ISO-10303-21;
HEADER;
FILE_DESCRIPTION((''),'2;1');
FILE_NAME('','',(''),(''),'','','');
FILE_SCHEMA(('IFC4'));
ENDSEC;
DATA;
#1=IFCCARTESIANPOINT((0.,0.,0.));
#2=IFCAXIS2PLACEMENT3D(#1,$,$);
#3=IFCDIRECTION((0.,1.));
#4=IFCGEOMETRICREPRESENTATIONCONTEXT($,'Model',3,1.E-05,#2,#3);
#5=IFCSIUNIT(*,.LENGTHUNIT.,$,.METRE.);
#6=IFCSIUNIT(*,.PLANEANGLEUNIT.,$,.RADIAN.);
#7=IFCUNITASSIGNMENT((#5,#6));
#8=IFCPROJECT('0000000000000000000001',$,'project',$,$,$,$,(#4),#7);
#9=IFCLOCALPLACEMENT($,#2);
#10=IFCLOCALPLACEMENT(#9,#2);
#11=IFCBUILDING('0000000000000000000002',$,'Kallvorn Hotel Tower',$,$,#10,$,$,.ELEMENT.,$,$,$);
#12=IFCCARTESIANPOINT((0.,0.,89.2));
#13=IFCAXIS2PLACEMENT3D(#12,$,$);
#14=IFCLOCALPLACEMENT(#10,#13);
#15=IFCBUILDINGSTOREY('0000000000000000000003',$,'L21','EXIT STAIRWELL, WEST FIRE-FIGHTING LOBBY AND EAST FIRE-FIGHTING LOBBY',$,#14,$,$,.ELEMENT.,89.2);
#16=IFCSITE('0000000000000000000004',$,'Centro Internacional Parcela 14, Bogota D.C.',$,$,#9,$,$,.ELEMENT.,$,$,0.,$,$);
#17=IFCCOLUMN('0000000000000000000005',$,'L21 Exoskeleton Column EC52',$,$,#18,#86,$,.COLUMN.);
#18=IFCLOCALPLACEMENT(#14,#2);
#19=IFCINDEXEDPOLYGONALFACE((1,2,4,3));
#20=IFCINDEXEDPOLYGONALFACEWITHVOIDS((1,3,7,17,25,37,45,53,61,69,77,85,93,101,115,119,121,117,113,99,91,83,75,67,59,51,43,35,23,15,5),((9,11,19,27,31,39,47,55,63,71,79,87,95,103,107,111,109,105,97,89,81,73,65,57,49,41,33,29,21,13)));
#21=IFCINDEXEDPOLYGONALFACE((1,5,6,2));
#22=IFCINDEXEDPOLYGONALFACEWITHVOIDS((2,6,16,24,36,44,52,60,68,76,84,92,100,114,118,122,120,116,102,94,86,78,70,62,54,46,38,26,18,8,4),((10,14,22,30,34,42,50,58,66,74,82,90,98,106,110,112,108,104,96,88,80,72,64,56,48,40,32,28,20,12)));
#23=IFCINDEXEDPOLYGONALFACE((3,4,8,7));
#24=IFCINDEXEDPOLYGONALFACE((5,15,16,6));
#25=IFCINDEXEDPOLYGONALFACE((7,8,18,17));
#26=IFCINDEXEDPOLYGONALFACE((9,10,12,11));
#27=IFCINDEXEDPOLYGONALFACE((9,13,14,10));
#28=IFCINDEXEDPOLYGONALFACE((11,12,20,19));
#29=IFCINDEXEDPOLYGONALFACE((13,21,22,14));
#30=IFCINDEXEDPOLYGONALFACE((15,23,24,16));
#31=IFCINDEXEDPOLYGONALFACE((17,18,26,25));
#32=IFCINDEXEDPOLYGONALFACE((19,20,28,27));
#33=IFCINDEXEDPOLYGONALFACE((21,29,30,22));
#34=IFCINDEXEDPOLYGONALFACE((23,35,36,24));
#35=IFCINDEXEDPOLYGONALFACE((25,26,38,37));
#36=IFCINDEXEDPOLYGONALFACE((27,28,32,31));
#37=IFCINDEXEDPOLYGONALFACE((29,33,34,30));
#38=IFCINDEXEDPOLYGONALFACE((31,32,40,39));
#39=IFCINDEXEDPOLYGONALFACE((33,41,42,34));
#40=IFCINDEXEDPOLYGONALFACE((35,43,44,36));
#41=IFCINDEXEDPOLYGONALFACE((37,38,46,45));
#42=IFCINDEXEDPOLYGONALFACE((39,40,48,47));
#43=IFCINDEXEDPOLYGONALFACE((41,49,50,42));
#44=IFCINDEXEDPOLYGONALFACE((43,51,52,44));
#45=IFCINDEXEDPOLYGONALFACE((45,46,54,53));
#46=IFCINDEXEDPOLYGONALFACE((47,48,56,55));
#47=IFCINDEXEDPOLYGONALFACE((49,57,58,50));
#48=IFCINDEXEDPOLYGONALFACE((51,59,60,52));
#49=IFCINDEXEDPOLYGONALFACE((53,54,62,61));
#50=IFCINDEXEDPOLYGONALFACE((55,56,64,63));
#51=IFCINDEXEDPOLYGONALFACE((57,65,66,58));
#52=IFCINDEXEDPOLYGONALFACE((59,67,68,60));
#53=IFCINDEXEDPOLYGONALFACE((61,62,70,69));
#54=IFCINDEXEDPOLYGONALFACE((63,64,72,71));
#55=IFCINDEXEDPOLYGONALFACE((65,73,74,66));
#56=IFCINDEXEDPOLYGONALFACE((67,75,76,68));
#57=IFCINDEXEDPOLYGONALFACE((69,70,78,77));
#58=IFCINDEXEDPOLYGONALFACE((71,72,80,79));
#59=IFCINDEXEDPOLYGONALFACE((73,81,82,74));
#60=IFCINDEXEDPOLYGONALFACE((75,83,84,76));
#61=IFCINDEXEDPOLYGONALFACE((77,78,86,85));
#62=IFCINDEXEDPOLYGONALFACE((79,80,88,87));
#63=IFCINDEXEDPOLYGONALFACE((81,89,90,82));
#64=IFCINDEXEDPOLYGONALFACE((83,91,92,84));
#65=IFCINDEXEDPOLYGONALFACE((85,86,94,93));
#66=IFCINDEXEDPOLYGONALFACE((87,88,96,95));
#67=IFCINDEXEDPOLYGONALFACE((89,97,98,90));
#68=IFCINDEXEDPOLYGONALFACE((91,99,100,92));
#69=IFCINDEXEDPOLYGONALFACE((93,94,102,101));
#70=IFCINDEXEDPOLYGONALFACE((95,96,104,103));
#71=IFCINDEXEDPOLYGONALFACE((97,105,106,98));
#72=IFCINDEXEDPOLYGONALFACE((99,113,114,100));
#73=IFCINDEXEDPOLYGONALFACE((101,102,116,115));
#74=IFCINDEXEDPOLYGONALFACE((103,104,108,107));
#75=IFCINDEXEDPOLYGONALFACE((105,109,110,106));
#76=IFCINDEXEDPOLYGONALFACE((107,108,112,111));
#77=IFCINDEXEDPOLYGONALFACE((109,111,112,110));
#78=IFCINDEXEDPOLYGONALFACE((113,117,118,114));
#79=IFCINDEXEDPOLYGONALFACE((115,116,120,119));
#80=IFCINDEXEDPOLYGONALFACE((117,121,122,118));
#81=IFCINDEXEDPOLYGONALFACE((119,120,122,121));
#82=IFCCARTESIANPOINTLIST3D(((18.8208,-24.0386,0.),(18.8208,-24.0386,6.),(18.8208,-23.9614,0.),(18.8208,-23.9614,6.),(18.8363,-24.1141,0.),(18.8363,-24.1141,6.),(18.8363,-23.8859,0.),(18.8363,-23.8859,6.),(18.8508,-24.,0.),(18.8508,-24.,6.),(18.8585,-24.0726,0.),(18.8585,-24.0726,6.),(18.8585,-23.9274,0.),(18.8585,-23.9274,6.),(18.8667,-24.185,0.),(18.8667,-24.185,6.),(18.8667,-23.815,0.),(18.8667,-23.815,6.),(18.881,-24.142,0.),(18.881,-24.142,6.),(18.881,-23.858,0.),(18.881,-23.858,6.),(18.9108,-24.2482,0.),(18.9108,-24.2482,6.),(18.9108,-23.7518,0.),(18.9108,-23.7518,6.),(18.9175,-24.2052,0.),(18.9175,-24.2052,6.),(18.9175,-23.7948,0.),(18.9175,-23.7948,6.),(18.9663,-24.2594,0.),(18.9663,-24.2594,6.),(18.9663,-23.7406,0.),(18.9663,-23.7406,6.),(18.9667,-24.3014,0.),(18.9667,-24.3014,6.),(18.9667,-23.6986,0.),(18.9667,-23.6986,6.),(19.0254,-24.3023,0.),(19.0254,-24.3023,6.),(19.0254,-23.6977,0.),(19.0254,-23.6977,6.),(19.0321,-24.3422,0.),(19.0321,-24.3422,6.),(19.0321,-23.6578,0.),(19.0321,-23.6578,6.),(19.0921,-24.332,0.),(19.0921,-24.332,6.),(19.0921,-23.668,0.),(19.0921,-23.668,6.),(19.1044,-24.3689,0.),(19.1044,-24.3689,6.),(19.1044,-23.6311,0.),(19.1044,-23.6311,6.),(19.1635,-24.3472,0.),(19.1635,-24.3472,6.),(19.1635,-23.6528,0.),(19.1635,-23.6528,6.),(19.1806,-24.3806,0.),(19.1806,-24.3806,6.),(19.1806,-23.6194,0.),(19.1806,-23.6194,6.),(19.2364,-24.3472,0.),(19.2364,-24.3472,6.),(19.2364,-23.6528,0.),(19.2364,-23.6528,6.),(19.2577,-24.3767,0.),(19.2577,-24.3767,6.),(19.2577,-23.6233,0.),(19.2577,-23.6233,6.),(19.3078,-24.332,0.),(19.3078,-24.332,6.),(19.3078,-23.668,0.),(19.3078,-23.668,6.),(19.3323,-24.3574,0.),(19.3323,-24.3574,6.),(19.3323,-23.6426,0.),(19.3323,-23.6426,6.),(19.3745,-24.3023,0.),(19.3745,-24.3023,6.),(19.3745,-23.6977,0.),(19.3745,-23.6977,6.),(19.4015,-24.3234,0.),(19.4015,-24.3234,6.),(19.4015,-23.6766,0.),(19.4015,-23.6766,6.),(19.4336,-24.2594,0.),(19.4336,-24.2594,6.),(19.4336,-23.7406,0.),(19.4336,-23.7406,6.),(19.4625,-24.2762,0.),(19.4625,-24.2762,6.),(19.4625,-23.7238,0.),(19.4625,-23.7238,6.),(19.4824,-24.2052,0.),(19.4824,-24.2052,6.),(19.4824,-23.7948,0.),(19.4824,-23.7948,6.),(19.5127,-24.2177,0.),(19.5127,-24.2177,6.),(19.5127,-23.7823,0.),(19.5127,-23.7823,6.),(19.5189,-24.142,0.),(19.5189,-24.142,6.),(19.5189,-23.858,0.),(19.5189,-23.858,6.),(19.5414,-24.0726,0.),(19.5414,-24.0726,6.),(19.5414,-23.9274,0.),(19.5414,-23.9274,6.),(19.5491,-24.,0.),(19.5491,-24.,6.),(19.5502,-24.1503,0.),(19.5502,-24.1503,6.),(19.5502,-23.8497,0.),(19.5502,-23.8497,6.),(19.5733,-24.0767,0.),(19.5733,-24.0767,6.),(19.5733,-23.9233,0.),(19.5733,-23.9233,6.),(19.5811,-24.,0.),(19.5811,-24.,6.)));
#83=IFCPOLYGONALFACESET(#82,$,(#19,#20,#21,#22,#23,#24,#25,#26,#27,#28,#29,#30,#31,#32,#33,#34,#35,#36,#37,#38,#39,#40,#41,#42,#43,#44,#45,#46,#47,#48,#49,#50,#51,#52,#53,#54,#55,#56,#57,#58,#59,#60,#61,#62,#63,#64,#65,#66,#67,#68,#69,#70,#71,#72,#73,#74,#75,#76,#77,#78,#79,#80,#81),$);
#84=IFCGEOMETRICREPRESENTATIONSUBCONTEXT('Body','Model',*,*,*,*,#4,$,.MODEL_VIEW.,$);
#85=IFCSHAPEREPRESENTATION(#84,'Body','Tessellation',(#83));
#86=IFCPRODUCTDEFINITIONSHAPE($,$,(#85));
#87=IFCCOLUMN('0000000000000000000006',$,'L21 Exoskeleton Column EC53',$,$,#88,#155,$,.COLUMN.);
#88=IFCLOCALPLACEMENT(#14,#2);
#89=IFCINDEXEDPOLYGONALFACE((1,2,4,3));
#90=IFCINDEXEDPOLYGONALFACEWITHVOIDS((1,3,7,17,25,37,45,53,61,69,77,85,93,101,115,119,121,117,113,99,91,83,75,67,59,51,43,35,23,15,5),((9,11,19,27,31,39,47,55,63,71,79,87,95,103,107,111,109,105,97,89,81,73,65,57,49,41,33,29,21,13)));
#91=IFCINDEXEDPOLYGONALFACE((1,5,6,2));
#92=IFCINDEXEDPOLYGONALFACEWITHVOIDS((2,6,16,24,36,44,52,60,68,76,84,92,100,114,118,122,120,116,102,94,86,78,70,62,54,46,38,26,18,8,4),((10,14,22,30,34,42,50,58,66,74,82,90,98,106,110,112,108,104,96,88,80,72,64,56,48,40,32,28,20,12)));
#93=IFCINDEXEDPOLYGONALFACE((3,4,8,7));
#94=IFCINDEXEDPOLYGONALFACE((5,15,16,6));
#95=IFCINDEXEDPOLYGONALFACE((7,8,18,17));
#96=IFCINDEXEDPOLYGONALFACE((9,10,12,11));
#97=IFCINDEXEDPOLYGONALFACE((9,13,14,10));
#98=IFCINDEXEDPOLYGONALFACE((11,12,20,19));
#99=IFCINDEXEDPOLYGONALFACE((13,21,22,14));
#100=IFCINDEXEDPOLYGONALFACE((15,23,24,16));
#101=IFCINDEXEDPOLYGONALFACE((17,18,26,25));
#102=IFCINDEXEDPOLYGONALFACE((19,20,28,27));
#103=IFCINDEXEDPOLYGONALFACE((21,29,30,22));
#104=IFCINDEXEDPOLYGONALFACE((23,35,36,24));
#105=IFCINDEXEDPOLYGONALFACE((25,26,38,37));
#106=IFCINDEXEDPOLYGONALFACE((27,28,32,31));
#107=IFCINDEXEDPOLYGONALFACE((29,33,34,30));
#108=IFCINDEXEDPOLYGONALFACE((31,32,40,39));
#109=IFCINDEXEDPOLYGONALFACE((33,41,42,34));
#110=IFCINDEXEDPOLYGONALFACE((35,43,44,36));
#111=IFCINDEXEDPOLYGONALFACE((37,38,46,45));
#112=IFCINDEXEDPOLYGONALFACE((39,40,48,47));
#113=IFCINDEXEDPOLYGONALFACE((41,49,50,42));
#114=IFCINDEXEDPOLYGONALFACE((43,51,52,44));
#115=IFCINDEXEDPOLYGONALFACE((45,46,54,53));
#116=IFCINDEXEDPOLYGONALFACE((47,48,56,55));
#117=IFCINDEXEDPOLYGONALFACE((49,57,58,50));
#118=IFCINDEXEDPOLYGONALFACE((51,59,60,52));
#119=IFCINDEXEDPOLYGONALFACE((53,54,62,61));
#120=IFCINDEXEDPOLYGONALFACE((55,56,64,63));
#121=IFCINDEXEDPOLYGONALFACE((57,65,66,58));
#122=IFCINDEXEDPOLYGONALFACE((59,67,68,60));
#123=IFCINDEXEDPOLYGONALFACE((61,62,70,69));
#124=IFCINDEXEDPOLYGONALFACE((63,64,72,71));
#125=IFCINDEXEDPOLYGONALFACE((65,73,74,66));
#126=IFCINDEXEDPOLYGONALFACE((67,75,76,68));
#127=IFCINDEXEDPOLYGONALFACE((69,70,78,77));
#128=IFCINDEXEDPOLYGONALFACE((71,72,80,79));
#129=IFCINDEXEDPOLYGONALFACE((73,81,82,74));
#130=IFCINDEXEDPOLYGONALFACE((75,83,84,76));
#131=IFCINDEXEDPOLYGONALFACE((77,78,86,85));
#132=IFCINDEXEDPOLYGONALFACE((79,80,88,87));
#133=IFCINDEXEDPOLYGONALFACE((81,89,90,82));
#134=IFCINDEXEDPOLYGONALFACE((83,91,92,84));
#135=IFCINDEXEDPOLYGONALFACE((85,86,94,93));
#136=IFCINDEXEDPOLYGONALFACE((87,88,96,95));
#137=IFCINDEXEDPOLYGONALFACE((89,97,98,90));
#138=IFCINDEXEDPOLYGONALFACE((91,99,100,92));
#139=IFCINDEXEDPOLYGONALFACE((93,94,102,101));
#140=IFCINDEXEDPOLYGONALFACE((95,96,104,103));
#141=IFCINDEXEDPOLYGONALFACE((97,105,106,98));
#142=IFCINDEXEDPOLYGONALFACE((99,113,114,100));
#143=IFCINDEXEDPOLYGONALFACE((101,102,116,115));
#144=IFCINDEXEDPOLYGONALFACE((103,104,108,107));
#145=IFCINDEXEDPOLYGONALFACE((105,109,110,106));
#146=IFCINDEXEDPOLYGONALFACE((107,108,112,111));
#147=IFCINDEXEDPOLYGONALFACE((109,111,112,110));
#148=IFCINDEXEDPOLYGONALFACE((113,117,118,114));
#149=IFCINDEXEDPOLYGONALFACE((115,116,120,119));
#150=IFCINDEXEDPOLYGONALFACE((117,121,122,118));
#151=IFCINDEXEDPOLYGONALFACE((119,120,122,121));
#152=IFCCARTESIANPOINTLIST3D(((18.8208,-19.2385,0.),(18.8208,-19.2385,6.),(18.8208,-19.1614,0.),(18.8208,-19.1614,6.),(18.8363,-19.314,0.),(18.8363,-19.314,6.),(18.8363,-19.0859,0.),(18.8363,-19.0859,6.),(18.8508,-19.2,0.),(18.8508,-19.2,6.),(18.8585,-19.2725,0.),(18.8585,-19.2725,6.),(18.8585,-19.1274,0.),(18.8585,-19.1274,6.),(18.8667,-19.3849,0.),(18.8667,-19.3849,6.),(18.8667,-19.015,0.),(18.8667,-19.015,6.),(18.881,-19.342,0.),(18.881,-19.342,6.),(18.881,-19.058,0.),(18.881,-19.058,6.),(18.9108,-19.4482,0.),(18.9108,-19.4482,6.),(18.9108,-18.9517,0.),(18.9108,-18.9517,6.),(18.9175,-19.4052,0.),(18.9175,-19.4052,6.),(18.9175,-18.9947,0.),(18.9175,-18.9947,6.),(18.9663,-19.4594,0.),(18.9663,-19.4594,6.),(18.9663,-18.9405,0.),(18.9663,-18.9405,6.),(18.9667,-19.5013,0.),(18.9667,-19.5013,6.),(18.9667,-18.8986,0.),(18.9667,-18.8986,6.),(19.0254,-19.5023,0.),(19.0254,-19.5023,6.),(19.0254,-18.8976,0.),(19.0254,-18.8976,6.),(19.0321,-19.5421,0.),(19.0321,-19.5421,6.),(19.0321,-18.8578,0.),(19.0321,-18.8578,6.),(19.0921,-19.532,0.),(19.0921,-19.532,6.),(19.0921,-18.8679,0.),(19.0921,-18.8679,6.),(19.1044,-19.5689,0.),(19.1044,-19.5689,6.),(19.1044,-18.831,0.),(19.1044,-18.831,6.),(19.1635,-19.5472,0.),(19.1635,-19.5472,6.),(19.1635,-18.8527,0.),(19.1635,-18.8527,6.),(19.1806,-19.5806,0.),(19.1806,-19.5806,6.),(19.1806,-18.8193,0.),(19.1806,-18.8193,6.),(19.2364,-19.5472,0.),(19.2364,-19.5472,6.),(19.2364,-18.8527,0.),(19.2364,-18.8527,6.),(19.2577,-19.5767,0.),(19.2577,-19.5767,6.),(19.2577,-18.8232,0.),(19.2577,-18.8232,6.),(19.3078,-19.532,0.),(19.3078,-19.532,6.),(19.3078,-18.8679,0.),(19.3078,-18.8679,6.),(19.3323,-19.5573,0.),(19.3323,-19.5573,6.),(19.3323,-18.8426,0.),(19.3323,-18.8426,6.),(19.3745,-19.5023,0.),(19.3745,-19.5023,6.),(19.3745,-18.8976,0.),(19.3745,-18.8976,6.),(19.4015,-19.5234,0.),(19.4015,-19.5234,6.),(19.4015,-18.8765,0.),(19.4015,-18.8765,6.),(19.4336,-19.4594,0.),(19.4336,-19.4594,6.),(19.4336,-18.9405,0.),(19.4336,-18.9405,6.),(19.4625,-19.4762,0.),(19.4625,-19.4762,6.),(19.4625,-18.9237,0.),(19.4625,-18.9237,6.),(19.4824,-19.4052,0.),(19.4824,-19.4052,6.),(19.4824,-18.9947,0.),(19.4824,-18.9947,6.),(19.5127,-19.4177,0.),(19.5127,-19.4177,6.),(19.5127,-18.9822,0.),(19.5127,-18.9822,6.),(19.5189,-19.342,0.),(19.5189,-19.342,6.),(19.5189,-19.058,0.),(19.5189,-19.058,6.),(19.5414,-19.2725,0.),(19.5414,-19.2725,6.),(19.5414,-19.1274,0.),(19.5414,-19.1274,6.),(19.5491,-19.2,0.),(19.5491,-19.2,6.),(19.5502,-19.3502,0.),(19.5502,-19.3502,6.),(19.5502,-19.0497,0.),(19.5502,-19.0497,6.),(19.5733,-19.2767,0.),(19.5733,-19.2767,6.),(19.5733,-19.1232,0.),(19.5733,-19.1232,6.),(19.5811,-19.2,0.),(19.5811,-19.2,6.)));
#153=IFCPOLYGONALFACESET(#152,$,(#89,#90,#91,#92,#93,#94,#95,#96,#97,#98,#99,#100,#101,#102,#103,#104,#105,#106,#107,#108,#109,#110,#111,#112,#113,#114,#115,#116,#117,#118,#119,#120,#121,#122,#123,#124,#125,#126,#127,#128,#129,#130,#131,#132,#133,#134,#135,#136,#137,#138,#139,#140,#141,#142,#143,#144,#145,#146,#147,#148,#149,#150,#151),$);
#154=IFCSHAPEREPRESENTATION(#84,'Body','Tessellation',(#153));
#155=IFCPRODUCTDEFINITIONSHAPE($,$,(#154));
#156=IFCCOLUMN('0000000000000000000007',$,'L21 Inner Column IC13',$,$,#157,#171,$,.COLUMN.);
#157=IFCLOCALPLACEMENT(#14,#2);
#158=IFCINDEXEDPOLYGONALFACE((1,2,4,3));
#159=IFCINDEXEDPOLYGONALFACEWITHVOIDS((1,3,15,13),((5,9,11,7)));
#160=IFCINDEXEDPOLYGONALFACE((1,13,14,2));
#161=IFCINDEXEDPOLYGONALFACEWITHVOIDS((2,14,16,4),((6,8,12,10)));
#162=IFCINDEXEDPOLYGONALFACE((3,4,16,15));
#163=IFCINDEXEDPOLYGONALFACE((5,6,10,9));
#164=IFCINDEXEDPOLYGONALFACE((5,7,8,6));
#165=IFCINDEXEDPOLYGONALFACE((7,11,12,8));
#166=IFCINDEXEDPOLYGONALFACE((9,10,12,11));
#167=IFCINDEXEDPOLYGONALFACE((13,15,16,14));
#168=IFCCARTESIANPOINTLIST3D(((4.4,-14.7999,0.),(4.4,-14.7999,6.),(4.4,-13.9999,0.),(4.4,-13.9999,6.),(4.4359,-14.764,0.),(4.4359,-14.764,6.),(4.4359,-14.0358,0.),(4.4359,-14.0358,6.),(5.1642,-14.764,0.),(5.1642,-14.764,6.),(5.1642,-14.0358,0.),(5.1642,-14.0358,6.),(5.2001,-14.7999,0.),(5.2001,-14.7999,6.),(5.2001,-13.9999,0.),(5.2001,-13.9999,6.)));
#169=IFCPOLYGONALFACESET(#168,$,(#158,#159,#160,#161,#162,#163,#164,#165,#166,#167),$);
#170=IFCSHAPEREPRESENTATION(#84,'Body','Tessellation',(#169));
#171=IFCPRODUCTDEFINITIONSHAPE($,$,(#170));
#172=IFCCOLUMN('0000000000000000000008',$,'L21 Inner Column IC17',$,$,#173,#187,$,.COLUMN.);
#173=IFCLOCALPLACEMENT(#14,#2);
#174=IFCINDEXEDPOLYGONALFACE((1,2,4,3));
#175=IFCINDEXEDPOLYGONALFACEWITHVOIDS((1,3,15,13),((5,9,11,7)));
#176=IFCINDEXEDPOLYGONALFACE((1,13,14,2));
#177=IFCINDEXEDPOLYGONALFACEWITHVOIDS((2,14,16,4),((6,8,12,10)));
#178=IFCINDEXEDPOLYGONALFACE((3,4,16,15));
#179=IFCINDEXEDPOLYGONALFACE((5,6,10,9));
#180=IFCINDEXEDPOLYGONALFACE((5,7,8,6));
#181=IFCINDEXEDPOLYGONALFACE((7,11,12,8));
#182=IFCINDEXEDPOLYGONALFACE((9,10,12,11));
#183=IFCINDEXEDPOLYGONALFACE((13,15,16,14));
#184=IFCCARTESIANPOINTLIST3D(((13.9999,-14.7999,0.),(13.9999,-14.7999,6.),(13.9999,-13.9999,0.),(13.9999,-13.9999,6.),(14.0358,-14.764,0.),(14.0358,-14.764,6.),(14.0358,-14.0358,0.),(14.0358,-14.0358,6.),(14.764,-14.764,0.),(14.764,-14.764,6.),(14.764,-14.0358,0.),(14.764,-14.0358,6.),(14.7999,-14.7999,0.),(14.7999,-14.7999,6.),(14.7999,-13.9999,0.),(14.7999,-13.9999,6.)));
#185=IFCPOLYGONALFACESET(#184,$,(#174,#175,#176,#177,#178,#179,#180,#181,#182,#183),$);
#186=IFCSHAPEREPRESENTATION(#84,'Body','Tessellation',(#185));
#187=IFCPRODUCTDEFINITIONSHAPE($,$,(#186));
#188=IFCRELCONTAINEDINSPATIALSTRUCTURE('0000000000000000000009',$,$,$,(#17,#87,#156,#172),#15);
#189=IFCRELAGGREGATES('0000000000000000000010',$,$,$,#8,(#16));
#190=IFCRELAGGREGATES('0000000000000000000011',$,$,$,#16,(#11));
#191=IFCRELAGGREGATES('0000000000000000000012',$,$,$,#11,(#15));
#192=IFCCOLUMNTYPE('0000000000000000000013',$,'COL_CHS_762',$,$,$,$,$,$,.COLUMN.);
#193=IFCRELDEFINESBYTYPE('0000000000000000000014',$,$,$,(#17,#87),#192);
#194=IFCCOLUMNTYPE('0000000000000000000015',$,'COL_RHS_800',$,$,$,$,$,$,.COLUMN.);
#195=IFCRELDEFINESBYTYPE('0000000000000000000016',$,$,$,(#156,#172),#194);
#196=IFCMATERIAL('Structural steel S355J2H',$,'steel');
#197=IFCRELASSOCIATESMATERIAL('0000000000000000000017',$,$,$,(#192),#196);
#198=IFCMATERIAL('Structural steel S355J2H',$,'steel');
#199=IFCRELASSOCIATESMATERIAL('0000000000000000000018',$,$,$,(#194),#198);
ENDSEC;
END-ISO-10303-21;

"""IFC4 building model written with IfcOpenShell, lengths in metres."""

from ifc_helpers import new_model, si_unit, direction, frame, origin, origin_2d, place, context, subcontext, project, spatial, hollow_rectangle, hollow_circle, extrude, material, material_profile, profile_set, type_object, element, save


model = new_model("IFC4")

# Units and contexts
model_context = context("Model", 3, precision=1e-05, world=origin(), true_north=direction((0.0, 1.0)))
body_context = subcontext(model_context, "Body", "Model", "MODEL_VIEW")
ifc_project = project(units=[si_unit("LENGTHUNIT", "METRE"), si_unit("PLANEANGLEUNIT", "RADIAN")], contexts=[model_context])

# Site, building, storey
site_placement = place(None, origin())
site = spatial("IfcSite", under=ifc_project, at=site_placement, Name="Centro Internacional Parcela 14, Bogota D.C.", CompositionType="ELEMENT", RefElevation=0.0)
building_placement = place(site_placement, origin())
building = spatial("IfcBuilding", under=site, at=building_placement, Name="Kallvorn Hotel Tower", CompositionType="ELEMENT")
storey_placement = place(building_placement, frame((0.0, 0.0, 89.2)))
storey = spatial("IfcBuildingStorey", under=building, at=storey_placement, Name="L21", Description="EXIT STAIRWELL, WEST FIRE-FIGHTING LOBBY AND EAST FIRE-FIGHTING LOBBY", CompositionType="ELEMENT", Elevation=89.2)

# Columns
ifc_material_1 = material(Name="Structural steel S355J2H", Category="steel")
ifc_material_profile_1 = material_profile(ifc_material_1, hollow_circle(Radius=0.3811, WallThickness=0.032, at=origin_2d()), Name="CHS 762x32")
ifc_profile_set_1 = profile_set([ifc_material_profile_1], Name="Structural steel S355J2H")
column_type_1 = type_object("IfcColumnType", Name="COL_CHS_762", PredefinedType="COLUMN", material=ifc_profile_set_1)
for number, where, z_axis, x_axis, name in (
    (1, (19.2, -24.0, 0.0), (0.0, 0.0, 1.0), (1.0, 0.0, 0.0), "L21 Exoskeleton Column EC52"),
    (2, (19.2, -19.2, 0.0), (0.0, 0.0, 1.0), (1.0, 0.0, 0.0), "L21 Exoskeleton Column EC53"),
):
    element("IfcColumn", number, at=place(storey_placement, frame(where, z_axis=z_axis, x_axis=x_axis)), inside=storey, type_object=column_type_1, Name=name, PredefinedType="COLUMN", context=body_context, shape_type="SweptSolid", body=[
        extrude(hollow_circle(Radius=0.3811, WallThickness=0.032, at=origin_2d()), origin(), (0.0, 0.0, 1.0), 6.0),
    ])
ifc_material_2 = material(Name="Structural steel S355J2H", Category="steel")
ifc_material_profile_2 = material_profile(ifc_material_2, hollow_rectangle(XDim=0.8, YDim=0.8, WallThickness=0.0359, at=origin_2d()), Name="RHS 800x800x36")
ifc_profile_set_2 = profile_set([ifc_material_profile_2], Name="Structural steel S355J2H")
column_type_2 = type_object("IfcColumnType", Name="COL_RHS_800", PredefinedType="COLUMN", material=ifc_profile_set_2)
for number, where, z_axis, x_axis, name in (
    (3, (4.8, -14.3999, 0.0), (0.0, 0.0, 1.0), (1.0, 0.0, 0.0), "L21 Inner Column IC13"),
    (4, (14.3999, -14.3999, 0.0), (0.0, 0.0, 1.0), (1.0, 0.0, 0.0), "L21 Inner Column IC17"),
):
    element("IfcColumn", number, at=place(storey_placement, frame(where, z_axis=z_axis, x_axis=x_axis)), inside=storey, type_object=column_type_2, Name=name, PredefinedType="COLUMN", context=body_context, shape_type="SweptSolid", body=[
        extrude(hollow_rectangle(XDim=0.8, YDim=0.8, WallThickness=0.0359, at=origin_2d()), origin(), (0.0, 0.0, 1.0), 6.0),
    ])

save(model, "model.ifc")
